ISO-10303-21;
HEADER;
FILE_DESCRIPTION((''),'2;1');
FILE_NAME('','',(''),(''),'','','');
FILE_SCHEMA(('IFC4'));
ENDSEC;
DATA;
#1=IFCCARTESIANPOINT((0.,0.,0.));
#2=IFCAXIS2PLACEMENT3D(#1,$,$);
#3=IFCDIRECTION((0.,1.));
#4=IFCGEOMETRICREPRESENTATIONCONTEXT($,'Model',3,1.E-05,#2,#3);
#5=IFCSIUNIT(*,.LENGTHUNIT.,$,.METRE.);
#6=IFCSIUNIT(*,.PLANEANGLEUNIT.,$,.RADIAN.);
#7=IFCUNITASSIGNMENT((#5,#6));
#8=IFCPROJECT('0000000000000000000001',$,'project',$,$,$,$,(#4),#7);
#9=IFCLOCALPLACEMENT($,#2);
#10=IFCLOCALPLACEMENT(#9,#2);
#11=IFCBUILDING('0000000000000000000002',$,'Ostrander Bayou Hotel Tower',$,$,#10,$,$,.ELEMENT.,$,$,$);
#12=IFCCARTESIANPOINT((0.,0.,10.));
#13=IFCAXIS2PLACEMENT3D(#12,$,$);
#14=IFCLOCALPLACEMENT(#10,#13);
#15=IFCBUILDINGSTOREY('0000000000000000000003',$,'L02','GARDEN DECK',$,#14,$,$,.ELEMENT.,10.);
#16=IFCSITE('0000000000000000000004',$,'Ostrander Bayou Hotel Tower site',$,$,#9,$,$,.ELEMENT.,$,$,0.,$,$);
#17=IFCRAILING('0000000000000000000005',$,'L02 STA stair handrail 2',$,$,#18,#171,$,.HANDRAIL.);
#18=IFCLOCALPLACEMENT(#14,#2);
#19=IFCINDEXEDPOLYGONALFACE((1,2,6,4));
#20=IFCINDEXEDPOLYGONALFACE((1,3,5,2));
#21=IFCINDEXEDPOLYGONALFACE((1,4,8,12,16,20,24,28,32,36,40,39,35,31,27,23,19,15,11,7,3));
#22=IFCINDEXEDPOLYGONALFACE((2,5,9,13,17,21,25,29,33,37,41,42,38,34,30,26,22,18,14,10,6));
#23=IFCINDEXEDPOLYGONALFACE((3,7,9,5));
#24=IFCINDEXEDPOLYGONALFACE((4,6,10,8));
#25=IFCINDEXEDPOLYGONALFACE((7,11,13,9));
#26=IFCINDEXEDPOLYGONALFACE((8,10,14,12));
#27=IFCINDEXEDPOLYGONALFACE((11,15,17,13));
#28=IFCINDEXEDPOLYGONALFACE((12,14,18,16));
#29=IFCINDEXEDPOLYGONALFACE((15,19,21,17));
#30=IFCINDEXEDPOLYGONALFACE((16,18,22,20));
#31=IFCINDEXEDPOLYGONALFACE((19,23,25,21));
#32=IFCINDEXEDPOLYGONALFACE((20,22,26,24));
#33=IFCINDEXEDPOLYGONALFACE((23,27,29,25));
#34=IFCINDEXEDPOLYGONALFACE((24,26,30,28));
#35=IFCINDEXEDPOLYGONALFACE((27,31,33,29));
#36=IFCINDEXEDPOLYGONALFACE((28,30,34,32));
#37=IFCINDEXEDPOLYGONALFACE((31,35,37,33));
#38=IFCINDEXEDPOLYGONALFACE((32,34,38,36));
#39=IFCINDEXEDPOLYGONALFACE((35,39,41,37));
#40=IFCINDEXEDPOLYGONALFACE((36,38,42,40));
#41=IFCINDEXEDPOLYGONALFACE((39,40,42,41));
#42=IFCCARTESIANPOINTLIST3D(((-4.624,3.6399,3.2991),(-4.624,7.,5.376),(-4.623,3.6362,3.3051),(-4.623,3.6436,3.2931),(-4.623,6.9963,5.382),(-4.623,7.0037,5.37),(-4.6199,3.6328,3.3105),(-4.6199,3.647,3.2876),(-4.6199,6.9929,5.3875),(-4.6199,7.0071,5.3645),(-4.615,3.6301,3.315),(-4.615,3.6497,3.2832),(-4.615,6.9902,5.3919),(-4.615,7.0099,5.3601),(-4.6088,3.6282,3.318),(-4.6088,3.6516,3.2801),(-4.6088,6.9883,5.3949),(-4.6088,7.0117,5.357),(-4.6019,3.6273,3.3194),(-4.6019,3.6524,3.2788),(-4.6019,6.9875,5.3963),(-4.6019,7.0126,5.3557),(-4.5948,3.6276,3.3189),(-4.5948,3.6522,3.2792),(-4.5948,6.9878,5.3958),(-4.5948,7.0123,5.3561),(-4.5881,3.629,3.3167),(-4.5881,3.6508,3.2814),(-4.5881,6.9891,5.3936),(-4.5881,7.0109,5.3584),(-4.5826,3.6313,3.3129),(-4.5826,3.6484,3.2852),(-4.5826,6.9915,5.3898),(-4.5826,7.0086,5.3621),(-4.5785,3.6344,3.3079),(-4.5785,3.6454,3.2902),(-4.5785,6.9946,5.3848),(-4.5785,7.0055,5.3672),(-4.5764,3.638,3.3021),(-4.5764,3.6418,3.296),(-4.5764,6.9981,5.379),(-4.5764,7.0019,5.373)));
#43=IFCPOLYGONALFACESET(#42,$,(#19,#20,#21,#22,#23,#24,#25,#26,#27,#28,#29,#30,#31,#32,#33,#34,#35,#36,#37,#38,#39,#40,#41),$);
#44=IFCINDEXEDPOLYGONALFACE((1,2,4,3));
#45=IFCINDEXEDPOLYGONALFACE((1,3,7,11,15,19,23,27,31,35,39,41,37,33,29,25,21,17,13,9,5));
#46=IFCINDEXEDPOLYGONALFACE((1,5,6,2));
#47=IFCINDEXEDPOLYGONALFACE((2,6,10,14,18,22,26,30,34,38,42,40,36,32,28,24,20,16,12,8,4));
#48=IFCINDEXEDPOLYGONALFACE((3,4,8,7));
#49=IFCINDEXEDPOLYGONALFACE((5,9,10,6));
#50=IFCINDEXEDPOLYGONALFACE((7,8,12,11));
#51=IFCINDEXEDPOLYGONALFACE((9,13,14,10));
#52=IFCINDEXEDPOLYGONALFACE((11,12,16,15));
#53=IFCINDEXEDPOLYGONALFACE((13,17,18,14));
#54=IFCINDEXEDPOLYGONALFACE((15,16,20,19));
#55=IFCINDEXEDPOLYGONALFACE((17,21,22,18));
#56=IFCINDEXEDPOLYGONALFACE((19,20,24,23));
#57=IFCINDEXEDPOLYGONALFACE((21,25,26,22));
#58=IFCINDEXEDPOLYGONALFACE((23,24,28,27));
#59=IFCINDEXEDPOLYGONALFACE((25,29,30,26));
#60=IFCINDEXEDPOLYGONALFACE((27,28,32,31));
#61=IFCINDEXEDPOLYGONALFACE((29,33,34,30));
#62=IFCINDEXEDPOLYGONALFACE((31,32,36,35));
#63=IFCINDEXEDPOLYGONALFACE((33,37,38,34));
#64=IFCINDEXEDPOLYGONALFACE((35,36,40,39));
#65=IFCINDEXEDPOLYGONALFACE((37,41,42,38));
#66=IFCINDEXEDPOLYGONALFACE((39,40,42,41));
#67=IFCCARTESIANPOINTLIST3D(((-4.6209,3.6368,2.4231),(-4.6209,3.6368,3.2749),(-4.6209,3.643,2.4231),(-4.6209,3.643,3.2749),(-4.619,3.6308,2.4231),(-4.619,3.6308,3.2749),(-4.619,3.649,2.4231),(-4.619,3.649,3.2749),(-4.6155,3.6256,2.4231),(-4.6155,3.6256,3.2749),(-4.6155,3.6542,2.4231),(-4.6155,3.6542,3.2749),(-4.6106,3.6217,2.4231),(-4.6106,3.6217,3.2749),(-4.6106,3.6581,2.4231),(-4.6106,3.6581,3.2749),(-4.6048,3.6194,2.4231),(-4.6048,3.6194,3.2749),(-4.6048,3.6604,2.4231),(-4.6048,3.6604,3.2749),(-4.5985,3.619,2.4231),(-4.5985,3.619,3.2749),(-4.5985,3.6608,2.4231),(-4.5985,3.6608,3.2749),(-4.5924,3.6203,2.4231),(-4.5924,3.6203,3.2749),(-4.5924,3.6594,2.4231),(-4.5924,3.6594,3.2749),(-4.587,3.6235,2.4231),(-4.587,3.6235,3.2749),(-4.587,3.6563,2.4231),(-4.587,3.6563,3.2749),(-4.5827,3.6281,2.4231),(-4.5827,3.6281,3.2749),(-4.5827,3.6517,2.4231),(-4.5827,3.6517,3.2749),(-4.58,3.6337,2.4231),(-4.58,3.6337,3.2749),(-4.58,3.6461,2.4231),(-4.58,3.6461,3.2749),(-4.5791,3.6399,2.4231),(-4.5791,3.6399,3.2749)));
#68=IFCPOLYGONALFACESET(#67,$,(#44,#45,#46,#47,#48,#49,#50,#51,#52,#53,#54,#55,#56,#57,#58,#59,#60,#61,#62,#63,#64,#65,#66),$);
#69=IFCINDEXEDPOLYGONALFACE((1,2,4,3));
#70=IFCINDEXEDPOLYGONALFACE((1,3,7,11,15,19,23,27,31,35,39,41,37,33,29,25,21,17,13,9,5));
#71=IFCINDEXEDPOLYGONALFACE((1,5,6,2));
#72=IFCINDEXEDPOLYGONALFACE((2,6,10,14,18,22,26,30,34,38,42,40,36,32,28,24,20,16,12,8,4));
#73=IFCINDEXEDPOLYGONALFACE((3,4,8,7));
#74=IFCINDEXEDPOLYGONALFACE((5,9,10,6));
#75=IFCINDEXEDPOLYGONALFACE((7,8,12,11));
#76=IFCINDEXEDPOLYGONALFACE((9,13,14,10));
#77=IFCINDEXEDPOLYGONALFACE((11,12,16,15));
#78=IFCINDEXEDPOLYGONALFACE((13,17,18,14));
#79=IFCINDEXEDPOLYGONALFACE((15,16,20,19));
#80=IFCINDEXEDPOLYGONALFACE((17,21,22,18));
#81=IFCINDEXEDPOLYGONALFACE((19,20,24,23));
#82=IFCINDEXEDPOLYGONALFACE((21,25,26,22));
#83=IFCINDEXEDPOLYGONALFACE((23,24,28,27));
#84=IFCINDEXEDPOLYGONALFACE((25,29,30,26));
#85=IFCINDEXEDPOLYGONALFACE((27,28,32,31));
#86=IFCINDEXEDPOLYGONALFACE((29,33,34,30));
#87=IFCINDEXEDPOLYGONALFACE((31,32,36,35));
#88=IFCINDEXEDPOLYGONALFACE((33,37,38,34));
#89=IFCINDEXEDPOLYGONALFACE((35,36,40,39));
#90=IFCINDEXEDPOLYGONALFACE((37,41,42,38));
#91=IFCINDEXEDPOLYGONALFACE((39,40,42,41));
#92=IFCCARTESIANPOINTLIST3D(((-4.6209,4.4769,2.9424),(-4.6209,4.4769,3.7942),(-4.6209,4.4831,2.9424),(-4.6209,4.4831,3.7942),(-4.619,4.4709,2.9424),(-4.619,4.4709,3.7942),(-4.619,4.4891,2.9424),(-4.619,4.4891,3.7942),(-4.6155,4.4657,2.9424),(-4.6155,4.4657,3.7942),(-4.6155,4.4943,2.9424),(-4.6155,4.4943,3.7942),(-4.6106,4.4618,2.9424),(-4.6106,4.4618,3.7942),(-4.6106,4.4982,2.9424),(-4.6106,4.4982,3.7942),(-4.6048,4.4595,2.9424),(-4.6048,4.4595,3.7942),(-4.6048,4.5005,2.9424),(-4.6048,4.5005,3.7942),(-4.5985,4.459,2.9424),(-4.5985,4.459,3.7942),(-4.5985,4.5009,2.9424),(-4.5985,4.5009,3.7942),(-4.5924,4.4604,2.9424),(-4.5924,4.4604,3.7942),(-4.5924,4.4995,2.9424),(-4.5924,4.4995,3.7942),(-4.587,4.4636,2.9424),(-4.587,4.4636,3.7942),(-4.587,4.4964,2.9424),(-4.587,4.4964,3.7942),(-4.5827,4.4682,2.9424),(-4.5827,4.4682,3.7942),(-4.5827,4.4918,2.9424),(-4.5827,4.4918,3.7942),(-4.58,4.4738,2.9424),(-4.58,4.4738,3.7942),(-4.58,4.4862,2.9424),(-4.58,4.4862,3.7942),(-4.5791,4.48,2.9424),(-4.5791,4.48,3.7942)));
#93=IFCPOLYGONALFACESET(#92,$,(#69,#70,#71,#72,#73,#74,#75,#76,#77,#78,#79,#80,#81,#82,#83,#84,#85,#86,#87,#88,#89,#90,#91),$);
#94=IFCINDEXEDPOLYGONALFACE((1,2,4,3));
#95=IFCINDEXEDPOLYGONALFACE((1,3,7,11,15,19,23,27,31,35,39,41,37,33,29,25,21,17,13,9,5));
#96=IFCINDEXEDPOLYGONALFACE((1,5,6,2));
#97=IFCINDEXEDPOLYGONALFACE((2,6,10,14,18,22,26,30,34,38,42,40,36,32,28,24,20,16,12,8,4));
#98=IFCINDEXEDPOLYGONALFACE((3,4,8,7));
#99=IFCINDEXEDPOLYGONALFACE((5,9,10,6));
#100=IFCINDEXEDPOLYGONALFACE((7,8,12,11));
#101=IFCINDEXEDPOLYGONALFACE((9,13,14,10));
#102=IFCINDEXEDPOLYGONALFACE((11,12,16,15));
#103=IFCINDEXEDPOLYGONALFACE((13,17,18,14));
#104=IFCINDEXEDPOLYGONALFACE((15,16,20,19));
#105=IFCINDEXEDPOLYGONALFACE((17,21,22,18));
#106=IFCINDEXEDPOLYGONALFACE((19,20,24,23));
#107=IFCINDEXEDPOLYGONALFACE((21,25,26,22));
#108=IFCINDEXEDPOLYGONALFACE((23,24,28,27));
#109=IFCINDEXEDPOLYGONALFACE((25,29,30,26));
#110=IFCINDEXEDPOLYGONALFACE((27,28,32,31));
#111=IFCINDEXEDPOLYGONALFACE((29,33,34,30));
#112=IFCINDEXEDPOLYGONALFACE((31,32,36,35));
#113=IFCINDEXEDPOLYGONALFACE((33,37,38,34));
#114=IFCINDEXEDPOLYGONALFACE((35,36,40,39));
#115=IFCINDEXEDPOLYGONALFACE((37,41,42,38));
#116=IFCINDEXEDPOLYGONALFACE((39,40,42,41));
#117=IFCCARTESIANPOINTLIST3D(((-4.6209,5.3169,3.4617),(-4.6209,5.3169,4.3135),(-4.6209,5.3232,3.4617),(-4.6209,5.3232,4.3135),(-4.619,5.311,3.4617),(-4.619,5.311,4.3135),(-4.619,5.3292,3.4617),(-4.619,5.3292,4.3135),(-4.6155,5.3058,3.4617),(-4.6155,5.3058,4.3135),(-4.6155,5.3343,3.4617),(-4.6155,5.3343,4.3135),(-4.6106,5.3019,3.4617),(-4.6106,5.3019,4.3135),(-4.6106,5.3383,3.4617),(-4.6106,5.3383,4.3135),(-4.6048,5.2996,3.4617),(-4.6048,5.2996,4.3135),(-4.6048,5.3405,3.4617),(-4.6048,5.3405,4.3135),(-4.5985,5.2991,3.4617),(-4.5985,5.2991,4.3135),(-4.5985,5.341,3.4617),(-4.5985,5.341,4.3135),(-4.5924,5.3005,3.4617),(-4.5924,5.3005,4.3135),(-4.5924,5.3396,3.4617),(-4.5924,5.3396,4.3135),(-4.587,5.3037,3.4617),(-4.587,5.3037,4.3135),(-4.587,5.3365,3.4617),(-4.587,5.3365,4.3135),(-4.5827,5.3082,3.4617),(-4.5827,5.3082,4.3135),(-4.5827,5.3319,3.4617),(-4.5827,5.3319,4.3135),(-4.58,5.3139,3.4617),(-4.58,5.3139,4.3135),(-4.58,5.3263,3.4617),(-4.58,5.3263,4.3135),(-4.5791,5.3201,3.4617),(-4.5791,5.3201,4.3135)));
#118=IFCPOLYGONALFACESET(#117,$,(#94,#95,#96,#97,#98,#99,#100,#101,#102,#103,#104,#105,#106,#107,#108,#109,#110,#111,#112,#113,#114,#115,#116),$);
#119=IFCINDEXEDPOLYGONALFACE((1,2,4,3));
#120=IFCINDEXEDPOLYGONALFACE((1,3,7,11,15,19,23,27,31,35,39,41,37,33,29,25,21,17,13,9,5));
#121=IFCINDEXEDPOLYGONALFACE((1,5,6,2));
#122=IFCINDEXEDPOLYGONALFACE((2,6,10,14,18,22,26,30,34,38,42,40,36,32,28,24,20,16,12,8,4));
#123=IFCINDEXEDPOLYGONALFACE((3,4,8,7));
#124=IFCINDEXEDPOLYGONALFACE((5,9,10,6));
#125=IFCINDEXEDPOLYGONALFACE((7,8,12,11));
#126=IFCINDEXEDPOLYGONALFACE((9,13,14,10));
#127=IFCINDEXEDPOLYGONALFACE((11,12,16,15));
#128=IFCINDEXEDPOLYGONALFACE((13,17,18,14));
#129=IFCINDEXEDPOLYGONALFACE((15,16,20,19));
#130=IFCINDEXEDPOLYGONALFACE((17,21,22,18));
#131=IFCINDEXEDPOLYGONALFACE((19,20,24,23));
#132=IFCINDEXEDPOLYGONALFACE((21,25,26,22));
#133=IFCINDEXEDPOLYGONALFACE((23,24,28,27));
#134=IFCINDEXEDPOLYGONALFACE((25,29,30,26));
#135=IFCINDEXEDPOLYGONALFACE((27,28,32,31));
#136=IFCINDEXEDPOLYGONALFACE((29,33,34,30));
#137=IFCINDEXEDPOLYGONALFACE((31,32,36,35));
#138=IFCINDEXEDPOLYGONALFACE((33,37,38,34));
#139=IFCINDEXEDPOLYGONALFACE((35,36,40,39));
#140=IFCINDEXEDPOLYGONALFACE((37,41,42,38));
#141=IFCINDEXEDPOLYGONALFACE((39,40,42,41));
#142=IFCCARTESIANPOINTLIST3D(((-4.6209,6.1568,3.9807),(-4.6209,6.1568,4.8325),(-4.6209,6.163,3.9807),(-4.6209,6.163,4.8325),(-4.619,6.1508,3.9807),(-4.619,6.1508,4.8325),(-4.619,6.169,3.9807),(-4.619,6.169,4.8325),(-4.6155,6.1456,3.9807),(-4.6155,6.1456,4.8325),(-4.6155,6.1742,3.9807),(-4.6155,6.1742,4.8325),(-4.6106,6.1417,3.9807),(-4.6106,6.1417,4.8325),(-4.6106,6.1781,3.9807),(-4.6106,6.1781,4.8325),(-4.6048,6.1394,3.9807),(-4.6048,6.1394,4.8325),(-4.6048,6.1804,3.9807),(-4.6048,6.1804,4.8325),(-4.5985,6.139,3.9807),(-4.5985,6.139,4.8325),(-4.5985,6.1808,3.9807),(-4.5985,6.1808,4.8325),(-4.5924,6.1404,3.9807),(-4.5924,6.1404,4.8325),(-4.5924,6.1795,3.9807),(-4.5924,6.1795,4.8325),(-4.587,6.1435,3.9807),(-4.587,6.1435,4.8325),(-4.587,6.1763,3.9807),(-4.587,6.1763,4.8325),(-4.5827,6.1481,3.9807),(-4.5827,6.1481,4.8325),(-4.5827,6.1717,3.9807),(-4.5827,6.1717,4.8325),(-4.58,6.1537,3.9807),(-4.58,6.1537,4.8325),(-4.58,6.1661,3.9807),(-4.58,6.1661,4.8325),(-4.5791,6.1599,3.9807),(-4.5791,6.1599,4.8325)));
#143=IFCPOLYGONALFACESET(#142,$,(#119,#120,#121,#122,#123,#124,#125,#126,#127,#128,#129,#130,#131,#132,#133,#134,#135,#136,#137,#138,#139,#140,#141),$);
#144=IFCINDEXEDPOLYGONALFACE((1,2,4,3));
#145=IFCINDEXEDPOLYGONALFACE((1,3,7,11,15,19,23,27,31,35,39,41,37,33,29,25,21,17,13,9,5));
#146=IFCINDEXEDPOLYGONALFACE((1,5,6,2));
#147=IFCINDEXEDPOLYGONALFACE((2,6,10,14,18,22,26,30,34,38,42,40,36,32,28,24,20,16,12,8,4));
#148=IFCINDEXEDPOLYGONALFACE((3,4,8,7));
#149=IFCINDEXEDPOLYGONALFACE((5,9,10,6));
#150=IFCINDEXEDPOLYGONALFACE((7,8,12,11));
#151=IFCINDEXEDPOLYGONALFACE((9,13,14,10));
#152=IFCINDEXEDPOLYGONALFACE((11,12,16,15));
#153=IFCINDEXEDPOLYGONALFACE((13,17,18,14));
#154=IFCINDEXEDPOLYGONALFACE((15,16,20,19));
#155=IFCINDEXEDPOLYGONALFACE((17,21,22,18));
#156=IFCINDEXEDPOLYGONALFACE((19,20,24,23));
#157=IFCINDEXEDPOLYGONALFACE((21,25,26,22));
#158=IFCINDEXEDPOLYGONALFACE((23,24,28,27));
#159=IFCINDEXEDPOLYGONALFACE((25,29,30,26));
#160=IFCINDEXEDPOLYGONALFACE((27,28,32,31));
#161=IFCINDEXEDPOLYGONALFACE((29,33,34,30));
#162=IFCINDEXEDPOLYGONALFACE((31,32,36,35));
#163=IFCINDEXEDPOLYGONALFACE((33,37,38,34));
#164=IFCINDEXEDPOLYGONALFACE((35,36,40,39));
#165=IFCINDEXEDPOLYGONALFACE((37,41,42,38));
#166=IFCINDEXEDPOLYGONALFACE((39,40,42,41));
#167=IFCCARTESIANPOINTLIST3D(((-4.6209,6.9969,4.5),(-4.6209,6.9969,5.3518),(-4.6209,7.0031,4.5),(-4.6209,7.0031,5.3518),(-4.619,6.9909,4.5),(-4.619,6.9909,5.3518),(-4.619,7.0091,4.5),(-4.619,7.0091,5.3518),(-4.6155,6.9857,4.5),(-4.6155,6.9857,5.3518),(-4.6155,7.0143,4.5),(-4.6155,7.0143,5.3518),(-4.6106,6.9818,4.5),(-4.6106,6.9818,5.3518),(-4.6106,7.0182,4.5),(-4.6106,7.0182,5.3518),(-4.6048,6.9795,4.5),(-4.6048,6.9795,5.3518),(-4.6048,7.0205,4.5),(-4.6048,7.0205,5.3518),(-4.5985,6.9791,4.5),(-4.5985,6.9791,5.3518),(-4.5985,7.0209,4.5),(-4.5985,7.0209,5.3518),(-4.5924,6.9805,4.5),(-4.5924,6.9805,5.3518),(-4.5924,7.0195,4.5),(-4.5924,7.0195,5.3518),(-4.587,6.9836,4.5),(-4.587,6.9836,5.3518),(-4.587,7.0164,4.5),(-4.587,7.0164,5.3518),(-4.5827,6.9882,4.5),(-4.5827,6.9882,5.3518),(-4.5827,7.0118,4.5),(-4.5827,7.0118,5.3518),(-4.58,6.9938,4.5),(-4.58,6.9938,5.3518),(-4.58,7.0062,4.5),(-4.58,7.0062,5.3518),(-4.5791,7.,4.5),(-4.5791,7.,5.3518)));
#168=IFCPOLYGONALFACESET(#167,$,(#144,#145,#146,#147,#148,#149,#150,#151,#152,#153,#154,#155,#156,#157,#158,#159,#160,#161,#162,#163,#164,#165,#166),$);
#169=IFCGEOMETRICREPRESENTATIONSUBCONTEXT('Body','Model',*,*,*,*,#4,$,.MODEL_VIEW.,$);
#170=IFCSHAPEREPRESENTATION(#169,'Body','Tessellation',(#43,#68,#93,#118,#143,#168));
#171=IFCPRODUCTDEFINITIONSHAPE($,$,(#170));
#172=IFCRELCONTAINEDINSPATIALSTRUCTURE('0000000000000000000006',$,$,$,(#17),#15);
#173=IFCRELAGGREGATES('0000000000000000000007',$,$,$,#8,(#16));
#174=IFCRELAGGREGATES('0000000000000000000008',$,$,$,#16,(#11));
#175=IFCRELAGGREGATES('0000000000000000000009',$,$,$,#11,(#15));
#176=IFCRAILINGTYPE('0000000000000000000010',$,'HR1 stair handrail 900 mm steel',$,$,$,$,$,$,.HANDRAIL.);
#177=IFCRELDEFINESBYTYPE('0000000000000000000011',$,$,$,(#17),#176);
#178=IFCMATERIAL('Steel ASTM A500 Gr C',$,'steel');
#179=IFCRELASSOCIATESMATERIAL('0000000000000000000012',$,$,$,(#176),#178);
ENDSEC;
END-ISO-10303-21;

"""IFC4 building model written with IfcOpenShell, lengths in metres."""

from ifc_helpers import new_model, si_unit, direction, frame, origin, origin_2d, place, context, subcontext, project, spatial, circle, extrude, material, type_object, element, save


model = new_model("IFC4")

# Units and contexts
model_context = context("Model", 3, precision=1e-05, world=origin(), true_north=direction((0.0, 1.0)))
body_context = subcontext(model_context, "Body", "Model", "MODEL_VIEW")
ifc_project = project(units=[si_unit("LENGTHUNIT", "METRE"), si_unit("PLANEANGLEUNIT", "RADIAN")], contexts=[model_context])

# Site, building, storey
site_placement = place(None, origin())
site = spatial("IfcSite", under=ifc_project, at=site_placement, Name="Ostrander Bayou Hotel Tower site", CompositionType="ELEMENT", RefElevation=0.0)
building_placement = place(site_placement, origin())
building = spatial("IfcBuilding", under=site, at=building_placement, Name="Ostrander Bayou Hotel Tower", CompositionType="ELEMENT")
storey_placement = place(building_placement, frame((0.0, 0.0, 10.0)))
storey = spatial("IfcBuildingStorey", under=building, at=storey_placement, Name="L02", Description="GARDEN DECK", CompositionType="ELEMENT", Elevation=10.0)

# Railing
ifc_material_1 = material(Name="Steel ASTM A500 Gr C", Category="steel")
railing_type_1 = type_object("IfcRailingType", Name="HR1 stair handrail 900 mm steel", PredefinedType="HANDRAIL", material=ifc_material_1)
railing_1_placement = place(storey_placement, frame((-4.6001, 3.6399, 2.4231)))
element("IfcRailing", 1, at=railing_1_placement, inside=storey, type_object=railing_type_1, Name="L02 STA stair handrail 2", PredefinedType="HANDRAIL", context=body_context, shape_type="SweptSolid", body=[
    extrude(circle(Radius=0.0239, at=origin_2d()), frame((0.0, 0.0, 0.876), z_axis=(0.0, 0.850623, 0.525776), x_axis=(-1.0, 0.0, 0.0)), (0.0, 0.0, 1.0), 3.9502),
    extrude(circle(Radius=0.021, at=origin_2d()), origin(), (0.0, 0.0, 1.0), 0.8518),
    extrude(circle(Radius=0.021, at=origin_2d()), frame((0.0, 0.8401, 0.5193)), (0.0, 0.0, 1.0), 0.8518),
    extrude(circle(Radius=0.021, at=origin_2d()), frame((0.0, 1.6802, 1.0386)), (0.0, 0.0, 1.0), 0.8518),
    extrude(circle(Radius=0.021, at=origin_2d()), frame((0.0, 2.52, 1.5576)), (0.0, 0.0, 1.0), 0.8518),
    extrude(circle(Radius=0.021, at=origin_2d()), frame((0.0, 3.3601, 2.0769)), (0.0, 0.0, 1.0), 0.8518),
])

save(model, "model.ifc")
